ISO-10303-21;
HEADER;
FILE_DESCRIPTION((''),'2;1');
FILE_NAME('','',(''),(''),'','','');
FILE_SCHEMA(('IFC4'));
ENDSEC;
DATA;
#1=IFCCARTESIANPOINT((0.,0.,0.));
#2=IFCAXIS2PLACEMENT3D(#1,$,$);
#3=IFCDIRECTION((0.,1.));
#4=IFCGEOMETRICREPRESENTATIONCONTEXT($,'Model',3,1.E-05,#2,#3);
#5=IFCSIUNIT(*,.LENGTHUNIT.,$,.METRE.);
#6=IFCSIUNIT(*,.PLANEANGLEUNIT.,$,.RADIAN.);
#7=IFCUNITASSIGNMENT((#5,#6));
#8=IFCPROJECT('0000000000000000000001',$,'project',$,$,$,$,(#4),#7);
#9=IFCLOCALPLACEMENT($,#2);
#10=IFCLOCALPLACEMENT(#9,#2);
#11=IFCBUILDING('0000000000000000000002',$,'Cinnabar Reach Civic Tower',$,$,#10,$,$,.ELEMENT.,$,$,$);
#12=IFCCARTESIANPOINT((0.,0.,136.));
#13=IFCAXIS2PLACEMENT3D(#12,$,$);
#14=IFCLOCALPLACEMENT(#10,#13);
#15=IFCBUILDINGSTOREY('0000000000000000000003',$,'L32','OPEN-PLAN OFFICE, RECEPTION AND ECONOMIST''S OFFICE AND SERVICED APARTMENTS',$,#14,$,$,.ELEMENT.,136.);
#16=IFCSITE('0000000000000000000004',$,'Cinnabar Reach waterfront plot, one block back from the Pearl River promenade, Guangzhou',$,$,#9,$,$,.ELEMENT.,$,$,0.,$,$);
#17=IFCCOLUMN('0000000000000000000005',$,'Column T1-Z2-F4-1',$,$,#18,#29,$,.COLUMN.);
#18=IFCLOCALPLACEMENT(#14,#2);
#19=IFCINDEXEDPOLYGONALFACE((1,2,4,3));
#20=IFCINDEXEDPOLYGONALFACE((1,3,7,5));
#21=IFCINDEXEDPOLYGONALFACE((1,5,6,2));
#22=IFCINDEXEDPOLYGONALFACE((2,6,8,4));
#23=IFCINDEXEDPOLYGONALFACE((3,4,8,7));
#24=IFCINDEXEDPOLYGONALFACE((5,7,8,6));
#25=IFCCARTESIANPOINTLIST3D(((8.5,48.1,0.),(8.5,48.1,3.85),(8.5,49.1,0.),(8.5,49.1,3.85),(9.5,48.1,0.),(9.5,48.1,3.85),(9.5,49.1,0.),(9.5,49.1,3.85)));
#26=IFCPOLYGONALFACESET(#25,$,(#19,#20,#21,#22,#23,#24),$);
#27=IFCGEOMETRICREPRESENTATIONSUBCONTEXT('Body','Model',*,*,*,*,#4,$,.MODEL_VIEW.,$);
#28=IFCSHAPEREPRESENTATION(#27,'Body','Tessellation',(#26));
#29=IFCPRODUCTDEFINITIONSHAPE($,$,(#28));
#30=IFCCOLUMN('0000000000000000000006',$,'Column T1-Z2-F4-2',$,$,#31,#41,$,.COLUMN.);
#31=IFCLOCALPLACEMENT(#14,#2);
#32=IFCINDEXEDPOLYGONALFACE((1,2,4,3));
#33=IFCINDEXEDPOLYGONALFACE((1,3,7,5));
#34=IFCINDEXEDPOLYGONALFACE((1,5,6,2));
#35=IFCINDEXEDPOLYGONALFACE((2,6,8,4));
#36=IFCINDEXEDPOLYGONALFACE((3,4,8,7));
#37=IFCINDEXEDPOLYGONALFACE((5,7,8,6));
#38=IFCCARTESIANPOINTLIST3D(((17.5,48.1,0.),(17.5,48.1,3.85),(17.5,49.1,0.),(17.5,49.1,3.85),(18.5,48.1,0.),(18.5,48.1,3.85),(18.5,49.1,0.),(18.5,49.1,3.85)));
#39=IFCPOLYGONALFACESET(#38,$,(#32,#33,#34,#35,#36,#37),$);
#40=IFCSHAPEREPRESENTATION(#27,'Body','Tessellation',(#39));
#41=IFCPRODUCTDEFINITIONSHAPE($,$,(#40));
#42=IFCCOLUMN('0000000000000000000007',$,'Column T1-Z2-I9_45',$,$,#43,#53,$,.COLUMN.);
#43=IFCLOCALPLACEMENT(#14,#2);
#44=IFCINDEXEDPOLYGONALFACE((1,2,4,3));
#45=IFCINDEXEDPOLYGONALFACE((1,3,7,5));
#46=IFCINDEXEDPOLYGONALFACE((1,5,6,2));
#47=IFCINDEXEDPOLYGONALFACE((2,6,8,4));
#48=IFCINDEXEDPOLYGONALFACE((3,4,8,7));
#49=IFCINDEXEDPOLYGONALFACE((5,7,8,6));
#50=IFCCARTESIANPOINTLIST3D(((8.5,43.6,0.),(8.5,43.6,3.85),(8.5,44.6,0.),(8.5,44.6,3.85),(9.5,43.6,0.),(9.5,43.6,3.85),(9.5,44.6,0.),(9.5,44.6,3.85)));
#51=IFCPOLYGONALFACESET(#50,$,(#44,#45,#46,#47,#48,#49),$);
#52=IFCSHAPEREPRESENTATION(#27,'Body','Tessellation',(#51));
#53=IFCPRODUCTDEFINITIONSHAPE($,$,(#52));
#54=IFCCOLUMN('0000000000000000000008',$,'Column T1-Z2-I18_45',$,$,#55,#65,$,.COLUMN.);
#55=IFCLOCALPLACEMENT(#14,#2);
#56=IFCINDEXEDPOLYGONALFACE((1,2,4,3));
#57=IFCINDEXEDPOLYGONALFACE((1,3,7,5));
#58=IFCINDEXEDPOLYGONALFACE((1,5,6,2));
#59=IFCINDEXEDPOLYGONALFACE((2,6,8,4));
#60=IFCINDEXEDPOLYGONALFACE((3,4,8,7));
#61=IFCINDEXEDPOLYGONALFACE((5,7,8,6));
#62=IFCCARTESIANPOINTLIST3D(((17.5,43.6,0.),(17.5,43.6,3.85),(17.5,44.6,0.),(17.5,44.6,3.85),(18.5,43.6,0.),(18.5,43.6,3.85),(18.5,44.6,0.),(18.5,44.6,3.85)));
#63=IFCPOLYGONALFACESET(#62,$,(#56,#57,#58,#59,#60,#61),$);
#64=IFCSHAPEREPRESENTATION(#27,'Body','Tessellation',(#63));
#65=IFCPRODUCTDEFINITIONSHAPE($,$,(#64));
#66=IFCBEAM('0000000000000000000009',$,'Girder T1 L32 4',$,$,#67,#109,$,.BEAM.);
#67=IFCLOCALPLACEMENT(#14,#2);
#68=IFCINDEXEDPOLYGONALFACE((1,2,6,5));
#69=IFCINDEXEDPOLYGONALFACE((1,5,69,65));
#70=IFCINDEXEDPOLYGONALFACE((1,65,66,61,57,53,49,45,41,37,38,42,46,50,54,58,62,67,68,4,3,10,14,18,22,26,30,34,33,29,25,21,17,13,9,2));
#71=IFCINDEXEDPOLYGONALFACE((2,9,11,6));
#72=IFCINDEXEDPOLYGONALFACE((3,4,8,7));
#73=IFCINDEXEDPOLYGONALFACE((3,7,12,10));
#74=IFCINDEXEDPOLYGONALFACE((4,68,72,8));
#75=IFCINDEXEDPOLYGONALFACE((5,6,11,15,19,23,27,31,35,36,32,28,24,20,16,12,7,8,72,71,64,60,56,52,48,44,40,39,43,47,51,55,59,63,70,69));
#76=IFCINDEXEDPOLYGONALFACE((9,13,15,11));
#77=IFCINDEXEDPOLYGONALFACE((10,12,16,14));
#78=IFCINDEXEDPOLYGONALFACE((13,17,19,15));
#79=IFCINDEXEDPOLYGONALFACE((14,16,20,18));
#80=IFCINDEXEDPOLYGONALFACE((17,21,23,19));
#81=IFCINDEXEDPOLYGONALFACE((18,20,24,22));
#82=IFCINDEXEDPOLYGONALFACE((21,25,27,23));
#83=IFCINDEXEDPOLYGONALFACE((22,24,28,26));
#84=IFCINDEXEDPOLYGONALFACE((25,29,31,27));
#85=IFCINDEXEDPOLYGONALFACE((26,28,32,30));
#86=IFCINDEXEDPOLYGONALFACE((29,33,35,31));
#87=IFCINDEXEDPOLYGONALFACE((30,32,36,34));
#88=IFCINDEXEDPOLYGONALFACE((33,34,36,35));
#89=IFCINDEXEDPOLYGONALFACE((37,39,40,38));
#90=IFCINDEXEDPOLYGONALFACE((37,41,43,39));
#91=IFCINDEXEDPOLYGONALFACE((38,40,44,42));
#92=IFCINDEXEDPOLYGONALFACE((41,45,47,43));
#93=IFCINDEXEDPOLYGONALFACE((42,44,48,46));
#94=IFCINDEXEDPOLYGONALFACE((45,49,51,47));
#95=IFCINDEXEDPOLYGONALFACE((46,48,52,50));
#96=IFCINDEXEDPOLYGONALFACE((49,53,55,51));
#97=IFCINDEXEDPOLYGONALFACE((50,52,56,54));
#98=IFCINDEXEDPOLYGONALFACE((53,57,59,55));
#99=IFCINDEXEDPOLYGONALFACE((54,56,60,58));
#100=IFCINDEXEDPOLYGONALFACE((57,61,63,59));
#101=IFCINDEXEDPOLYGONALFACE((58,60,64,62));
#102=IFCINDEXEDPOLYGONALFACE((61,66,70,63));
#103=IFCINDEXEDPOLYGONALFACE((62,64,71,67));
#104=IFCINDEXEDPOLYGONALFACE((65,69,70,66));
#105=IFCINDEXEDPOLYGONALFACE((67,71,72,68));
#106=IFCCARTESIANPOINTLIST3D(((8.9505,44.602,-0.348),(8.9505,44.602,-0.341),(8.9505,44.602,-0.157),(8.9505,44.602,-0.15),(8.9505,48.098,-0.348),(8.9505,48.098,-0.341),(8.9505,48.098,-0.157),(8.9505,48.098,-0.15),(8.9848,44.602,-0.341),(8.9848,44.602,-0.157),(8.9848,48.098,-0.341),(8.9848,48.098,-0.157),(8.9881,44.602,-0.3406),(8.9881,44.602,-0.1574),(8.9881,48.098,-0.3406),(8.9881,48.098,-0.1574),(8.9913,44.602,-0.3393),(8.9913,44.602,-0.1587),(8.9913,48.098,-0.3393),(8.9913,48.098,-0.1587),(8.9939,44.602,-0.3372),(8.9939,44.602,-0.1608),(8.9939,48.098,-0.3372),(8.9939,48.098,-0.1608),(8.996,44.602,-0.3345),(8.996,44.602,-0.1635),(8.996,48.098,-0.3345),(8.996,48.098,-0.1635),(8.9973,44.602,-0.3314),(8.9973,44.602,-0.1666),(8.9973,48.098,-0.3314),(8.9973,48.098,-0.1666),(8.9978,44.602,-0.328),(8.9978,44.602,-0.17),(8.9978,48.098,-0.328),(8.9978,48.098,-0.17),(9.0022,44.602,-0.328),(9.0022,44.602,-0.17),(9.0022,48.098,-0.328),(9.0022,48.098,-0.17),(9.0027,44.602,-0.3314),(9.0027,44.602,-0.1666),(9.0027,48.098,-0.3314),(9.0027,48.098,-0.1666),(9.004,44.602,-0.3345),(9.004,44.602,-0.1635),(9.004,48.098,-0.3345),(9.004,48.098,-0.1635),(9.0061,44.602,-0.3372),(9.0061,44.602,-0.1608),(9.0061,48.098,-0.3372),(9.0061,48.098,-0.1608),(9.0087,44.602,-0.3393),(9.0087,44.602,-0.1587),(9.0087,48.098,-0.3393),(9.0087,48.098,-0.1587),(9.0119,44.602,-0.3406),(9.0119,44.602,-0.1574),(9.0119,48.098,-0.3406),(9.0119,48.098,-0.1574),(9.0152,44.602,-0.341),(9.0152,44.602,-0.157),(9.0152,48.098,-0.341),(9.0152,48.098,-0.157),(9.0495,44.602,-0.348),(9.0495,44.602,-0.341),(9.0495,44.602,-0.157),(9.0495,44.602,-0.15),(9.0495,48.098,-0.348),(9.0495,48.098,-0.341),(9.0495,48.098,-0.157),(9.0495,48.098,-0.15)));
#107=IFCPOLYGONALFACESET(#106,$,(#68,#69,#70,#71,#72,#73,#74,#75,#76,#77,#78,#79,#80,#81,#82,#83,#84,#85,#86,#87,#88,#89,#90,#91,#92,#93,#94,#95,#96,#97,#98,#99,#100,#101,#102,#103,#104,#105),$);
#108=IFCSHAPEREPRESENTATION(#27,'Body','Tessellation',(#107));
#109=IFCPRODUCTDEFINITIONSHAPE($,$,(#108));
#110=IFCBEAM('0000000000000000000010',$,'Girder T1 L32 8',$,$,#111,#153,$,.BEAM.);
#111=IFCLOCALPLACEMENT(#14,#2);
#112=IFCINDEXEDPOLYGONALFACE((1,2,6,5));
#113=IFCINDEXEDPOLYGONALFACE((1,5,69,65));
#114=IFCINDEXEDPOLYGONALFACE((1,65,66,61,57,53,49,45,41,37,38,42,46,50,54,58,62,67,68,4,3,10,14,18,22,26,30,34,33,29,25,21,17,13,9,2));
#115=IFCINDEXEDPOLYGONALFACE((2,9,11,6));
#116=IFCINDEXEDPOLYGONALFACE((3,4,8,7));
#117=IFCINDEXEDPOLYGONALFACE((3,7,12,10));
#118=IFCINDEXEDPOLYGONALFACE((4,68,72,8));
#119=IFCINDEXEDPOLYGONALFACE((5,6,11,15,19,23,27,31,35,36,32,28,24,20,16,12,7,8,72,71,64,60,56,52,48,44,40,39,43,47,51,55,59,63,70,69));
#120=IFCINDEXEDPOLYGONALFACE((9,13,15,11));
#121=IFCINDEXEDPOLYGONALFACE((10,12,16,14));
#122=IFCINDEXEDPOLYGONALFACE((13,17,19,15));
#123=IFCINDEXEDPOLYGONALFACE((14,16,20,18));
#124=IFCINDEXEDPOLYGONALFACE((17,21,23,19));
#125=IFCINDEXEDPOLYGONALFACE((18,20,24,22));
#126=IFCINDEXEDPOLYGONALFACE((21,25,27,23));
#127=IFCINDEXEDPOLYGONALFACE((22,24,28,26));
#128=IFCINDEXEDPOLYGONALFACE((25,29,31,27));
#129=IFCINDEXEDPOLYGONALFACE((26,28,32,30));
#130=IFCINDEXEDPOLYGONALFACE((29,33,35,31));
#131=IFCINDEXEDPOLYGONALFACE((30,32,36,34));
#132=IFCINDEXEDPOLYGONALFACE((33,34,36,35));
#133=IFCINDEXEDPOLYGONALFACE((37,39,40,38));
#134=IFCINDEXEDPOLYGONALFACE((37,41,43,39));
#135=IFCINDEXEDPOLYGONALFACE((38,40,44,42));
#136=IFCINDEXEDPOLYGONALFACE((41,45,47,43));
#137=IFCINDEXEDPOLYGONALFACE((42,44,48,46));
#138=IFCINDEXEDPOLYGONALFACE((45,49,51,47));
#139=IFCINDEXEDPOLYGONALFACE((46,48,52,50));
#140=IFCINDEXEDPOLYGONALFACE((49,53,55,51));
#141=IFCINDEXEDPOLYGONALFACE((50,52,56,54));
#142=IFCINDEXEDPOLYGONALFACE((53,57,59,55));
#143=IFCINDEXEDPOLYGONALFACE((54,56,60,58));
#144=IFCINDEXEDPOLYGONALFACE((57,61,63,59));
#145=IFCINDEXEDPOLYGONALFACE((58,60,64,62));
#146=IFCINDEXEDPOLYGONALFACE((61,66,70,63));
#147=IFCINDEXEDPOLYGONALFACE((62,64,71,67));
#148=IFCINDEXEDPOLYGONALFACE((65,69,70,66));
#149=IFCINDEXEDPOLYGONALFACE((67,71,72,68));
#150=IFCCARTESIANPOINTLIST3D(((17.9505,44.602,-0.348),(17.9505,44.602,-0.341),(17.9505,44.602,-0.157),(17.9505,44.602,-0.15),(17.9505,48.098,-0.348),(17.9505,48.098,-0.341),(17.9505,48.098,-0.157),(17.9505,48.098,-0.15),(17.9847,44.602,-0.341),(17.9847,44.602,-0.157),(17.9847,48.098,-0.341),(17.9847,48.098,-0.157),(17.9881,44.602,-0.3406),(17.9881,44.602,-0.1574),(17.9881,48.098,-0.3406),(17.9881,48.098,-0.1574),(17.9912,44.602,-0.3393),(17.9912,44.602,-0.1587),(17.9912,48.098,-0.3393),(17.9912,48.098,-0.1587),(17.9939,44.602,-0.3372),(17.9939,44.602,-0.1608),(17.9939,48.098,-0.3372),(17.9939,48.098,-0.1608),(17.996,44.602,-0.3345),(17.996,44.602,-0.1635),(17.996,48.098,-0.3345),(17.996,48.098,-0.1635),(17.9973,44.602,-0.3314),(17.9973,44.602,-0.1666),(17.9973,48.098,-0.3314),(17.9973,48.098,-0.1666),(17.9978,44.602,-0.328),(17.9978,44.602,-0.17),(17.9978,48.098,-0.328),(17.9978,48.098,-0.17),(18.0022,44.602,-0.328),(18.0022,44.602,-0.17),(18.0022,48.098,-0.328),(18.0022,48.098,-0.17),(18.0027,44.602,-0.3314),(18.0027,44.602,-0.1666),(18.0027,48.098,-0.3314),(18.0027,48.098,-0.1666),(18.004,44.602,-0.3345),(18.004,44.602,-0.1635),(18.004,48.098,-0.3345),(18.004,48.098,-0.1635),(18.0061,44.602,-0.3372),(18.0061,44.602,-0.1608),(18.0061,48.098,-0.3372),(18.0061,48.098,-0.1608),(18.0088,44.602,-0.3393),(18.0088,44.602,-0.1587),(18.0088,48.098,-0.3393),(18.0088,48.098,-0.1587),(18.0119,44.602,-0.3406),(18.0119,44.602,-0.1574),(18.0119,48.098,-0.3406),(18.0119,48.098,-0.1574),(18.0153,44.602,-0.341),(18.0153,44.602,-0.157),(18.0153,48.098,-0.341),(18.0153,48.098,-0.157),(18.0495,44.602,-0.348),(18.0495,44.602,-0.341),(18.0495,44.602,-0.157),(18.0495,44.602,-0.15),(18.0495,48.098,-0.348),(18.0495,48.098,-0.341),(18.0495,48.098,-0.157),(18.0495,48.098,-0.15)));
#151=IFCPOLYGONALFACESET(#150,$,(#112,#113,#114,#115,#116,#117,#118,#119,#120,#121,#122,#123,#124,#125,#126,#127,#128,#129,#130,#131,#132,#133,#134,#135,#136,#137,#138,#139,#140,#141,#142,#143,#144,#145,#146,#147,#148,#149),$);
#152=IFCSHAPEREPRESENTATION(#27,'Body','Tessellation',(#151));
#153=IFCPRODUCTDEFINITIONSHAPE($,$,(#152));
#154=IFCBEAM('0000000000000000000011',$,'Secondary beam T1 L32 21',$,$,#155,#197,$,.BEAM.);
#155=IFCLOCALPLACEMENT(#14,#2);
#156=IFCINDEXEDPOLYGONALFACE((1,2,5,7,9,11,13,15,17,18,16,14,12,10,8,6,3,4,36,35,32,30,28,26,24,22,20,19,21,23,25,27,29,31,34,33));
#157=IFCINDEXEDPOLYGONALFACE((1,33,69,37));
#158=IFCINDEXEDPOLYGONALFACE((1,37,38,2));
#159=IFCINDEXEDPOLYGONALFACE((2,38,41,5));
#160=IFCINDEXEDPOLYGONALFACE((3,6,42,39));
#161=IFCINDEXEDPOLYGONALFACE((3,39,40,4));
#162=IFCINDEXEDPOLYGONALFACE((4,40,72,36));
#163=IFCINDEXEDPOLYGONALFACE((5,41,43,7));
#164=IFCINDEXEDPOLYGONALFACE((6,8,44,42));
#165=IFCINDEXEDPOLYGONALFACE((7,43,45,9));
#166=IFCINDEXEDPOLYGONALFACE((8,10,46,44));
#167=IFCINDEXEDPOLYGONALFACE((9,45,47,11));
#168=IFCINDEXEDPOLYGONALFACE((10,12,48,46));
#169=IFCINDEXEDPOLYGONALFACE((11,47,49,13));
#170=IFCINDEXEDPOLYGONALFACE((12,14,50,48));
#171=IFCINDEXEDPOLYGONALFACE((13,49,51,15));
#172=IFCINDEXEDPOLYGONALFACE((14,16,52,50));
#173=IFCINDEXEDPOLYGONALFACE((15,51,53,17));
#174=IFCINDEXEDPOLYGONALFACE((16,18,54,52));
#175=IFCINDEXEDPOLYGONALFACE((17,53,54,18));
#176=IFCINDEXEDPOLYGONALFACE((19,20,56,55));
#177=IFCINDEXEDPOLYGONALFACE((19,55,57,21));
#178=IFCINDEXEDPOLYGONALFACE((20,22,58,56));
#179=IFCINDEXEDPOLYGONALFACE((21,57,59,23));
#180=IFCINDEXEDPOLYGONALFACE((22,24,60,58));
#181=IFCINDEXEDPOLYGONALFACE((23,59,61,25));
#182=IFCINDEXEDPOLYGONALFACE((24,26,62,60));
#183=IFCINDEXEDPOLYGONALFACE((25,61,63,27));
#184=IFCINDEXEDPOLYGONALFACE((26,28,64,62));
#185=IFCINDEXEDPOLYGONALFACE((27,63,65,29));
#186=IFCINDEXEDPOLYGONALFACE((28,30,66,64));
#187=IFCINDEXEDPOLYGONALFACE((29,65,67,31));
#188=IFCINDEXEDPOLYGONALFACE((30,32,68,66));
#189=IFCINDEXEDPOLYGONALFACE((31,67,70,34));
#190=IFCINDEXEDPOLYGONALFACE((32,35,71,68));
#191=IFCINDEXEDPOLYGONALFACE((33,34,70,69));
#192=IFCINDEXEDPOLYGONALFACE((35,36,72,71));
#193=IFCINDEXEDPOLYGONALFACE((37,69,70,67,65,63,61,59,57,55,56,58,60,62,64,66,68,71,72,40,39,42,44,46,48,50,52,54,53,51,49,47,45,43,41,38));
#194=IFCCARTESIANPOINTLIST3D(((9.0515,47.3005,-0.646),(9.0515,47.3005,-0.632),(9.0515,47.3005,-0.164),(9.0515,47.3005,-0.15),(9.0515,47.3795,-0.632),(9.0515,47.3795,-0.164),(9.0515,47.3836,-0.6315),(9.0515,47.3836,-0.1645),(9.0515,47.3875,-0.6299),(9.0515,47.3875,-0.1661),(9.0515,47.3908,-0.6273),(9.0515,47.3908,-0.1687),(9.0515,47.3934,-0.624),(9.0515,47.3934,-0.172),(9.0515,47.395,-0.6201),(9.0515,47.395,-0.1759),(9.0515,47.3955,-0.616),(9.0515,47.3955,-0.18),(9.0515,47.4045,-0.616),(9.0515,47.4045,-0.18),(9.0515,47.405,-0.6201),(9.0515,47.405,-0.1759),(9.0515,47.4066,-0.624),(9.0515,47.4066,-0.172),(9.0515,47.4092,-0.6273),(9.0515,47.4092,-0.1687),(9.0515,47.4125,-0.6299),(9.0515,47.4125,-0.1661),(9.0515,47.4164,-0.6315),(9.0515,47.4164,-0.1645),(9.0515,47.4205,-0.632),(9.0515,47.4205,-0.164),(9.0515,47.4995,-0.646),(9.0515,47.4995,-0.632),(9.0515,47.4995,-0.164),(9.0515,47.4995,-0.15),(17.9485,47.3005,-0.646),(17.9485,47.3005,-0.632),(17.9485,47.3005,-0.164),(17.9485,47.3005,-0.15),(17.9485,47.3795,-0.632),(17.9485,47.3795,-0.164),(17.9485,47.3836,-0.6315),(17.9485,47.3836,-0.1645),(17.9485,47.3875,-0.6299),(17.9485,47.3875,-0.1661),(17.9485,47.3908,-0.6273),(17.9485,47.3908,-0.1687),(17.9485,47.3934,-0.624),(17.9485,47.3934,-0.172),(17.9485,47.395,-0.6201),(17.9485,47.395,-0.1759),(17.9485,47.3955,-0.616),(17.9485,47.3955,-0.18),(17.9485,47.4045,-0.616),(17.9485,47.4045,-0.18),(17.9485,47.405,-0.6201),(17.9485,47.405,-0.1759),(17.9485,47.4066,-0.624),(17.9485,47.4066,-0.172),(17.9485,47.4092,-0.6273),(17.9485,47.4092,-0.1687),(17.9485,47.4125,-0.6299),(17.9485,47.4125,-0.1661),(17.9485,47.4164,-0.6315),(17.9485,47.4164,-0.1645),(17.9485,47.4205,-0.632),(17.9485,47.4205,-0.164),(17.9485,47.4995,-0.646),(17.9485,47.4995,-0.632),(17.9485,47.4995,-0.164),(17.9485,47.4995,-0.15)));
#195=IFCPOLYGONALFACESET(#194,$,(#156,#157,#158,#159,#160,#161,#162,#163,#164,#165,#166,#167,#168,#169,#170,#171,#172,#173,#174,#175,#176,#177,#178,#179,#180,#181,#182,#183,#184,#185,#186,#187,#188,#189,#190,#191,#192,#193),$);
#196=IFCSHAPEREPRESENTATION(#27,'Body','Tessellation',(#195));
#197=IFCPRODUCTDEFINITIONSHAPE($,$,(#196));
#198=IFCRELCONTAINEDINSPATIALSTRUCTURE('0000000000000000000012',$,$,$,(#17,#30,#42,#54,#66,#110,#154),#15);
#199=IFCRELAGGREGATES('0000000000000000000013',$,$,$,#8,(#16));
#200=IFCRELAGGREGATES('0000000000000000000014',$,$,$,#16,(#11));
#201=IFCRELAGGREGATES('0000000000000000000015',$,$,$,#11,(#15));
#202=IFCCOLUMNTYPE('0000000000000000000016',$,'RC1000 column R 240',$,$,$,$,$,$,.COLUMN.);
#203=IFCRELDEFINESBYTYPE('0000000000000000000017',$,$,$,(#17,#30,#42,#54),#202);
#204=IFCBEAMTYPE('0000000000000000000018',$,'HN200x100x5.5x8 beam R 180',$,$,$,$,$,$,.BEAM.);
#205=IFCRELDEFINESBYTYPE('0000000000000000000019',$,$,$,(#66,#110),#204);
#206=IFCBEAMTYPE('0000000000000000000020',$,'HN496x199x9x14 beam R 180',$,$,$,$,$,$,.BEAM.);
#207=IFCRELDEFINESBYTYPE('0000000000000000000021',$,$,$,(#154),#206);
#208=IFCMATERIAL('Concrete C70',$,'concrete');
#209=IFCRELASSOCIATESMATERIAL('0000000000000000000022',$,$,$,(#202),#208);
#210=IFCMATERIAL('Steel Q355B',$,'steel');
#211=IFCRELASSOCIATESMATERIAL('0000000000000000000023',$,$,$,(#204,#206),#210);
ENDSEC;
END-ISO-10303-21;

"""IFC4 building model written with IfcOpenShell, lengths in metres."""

from ifc_helpers import new_model, si_unit, direction, frame, origin, origin_2d, place, context, subcontext, project, spatial, rectangle, i_section, extrude, material, material_profile, profile_set, type_object, element, save


model = new_model("IFC4")

# Units and contexts
model_context = context("Model", 3, precision=1e-05, world=origin(), true_north=direction((0.0, 1.0)))
body_context = subcontext(model_context, "Body", "Model", "MODEL_VIEW")
ifc_project = project(units=[si_unit("LENGTHUNIT", "METRE"), si_unit("PLANEANGLEUNIT", "RADIAN")], contexts=[model_context])

# Site, building, storey
site_placement = place(None, origin())
site = spatial("IfcSite", under=ifc_project, at=site_placement, Name="Cinnabar Reach waterfront plot, one block back from the Pearl River promenade, Guangzhou", CompositionType="ELEMENT", RefElevation=0.0)
building_placement = place(site_placement, origin())
building = spatial("IfcBuilding", under=site, at=building_placement, Name="Cinnabar Reach Civic Tower", CompositionType="ELEMENT")
storey_placement = place(building_placement, frame((0.0, 0.0, 136.0)))
storey = spatial("IfcBuildingStorey", under=building, at=storey_placement, Name="L32", Description="OPEN-PLAN OFFICE, RECEPTION AND ECONOMIST'S OFFICE AND SERVICED APARTMENTS", CompositionType="ELEMENT", Elevation=136.0)

# Columns
ifc_material_1 = material(Name="Concrete C70", Category="concrete")
ifc_material_profile_1 = material_profile(ifc_material_1, rectangle(XDim=1.0, YDim=1.0, at=origin_2d()), Name="RC1000")
ifc_profile_set_1 = profile_set([ifc_material_profile_1], Name="Concrete C70")
column_type = type_object("IfcColumnType", Name="RC1000 column R 240", PredefinedType="COLUMN", material=ifc_profile_set_1)
for number, where, z_axis, x_axis, name in (
    (1, (9.0, 48.6, 0.0), (0.0, 0.0, 1.0), (1.0, 0.0, 0.0), "Column T1-Z2-F4-1"),
    (2, (18.0, 48.6, 0.0), (0.0, 0.0, 1.0), (1.0, 0.0, 0.0), "Column T1-Z2-F4-2"),
    (3, (9.0, 44.1, 0.0), (0.0, 0.0, 1.0), (1.0, 0.0, 0.0), "Column T1-Z2-I9_45"),
    (4, (18.0, 44.1, 0.0), (0.0, 0.0, 1.0), (1.0, 0.0, 0.0), "Column T1-Z2-I18_45"),
):
    element("IfcColumn", number, at=place(storey_placement, frame(where, z_axis=z_axis, x_axis=x_axis)), inside=storey, type_object=column_type, Name=name, PredefinedType="COLUMN", context=body_context, shape_type="SweptSolid", body=[
        extrude(rectangle(XDim=1.0, YDim=1.0, at=origin_2d()), origin(), (0.0, 0.0, 1.0), 3.85),
    ])

# Beams
ifc_material_2 = material(Name="Steel Q355B", Category="steel")
ifc_material_profile_2 = material_profile(ifc_material_2, i_section(OverallWidth=0.099, OverallDepth=0.198, WebThickness=0.0045, FlangeThickness=0.007, FilletRadius=0.013, at=origin_2d()), Name="HN200x100x5.5x8")
ifc_profile_set_2 = profile_set([ifc_material_profile_2], Name="Steel Q355B")
beam_type_1 = type_object("IfcBeamType", Name="HN200x100x5.5x8 beam R 180", PredefinedType="BEAM", material=ifc_profile_set_2)
for number, where, z_axis, x_axis, name in (
    (5, (9.0, 44.602, -0.249), (0.0, 1.0, 0.0), (-1.0, 0.0, 0.0), "Girder T1 L32 4"),
    (6, (18.0, 44.602, -0.249), (0.0, 1.0, 0.0), (-1.0, 0.0, 0.0), "Girder T1 L32 8"),
):
    element("IfcBeam", number, at=place(storey_placement, frame(where, z_axis=z_axis, x_axis=x_axis)), inside=storey, type_object=beam_type_1, Name=name, PredefinedType="BEAM", context=body_context, shape_type="SweptSolid", body=[
        extrude(i_section(OverallWidth=0.099, OverallDepth=0.198, WebThickness=0.0045, FlangeThickness=0.007, FilletRadius=0.013, at=origin_2d()), origin(), (0.0, 0.0, 1.0), 3.496),
    ])
ifc_material_profile_3 = material_profile(ifc_material_2, i_section(OverallWidth=0.199, OverallDepth=0.496, WebThickness=0.009, FlangeThickness=0.014, FilletRadius=0.016, at=origin_2d()), Name="HN496x199x9x14")
ifc_profile_set_3 = profile_set([ifc_material_profile_3], Name="Steel Q355B")
beam_type_2 = type_object("IfcBeamType", Name="HN496x199x9x14 beam R 180", PredefinedType="BEAM", material=ifc_profile_set_3)
for number, where, z_axis, x_axis, name in (
    (7, (9.0515, 47.4, -0.398), (1.0, 0.0, 0.0), (0.0, 1.0, 0.0), "Secondary beam T1 L32 21"),
):
    element("IfcBeam", number, at=place(storey_placement, frame(where, z_axis=z_axis, x_axis=x_axis)), inside=storey, type_object=beam_type_2, Name=name, PredefinedType="BEAM", context=body_context, shape_type="SweptSolid", body=[
        extrude(i_section(OverallWidth=0.199, OverallDepth=0.496, WebThickness=0.009, FlangeThickness=0.014, FilletRadius=0.016, at=origin_2d()), origin(), (0.0, 0.0, 1.0), 8.897),
    ])

save(model, "model.ifc")
